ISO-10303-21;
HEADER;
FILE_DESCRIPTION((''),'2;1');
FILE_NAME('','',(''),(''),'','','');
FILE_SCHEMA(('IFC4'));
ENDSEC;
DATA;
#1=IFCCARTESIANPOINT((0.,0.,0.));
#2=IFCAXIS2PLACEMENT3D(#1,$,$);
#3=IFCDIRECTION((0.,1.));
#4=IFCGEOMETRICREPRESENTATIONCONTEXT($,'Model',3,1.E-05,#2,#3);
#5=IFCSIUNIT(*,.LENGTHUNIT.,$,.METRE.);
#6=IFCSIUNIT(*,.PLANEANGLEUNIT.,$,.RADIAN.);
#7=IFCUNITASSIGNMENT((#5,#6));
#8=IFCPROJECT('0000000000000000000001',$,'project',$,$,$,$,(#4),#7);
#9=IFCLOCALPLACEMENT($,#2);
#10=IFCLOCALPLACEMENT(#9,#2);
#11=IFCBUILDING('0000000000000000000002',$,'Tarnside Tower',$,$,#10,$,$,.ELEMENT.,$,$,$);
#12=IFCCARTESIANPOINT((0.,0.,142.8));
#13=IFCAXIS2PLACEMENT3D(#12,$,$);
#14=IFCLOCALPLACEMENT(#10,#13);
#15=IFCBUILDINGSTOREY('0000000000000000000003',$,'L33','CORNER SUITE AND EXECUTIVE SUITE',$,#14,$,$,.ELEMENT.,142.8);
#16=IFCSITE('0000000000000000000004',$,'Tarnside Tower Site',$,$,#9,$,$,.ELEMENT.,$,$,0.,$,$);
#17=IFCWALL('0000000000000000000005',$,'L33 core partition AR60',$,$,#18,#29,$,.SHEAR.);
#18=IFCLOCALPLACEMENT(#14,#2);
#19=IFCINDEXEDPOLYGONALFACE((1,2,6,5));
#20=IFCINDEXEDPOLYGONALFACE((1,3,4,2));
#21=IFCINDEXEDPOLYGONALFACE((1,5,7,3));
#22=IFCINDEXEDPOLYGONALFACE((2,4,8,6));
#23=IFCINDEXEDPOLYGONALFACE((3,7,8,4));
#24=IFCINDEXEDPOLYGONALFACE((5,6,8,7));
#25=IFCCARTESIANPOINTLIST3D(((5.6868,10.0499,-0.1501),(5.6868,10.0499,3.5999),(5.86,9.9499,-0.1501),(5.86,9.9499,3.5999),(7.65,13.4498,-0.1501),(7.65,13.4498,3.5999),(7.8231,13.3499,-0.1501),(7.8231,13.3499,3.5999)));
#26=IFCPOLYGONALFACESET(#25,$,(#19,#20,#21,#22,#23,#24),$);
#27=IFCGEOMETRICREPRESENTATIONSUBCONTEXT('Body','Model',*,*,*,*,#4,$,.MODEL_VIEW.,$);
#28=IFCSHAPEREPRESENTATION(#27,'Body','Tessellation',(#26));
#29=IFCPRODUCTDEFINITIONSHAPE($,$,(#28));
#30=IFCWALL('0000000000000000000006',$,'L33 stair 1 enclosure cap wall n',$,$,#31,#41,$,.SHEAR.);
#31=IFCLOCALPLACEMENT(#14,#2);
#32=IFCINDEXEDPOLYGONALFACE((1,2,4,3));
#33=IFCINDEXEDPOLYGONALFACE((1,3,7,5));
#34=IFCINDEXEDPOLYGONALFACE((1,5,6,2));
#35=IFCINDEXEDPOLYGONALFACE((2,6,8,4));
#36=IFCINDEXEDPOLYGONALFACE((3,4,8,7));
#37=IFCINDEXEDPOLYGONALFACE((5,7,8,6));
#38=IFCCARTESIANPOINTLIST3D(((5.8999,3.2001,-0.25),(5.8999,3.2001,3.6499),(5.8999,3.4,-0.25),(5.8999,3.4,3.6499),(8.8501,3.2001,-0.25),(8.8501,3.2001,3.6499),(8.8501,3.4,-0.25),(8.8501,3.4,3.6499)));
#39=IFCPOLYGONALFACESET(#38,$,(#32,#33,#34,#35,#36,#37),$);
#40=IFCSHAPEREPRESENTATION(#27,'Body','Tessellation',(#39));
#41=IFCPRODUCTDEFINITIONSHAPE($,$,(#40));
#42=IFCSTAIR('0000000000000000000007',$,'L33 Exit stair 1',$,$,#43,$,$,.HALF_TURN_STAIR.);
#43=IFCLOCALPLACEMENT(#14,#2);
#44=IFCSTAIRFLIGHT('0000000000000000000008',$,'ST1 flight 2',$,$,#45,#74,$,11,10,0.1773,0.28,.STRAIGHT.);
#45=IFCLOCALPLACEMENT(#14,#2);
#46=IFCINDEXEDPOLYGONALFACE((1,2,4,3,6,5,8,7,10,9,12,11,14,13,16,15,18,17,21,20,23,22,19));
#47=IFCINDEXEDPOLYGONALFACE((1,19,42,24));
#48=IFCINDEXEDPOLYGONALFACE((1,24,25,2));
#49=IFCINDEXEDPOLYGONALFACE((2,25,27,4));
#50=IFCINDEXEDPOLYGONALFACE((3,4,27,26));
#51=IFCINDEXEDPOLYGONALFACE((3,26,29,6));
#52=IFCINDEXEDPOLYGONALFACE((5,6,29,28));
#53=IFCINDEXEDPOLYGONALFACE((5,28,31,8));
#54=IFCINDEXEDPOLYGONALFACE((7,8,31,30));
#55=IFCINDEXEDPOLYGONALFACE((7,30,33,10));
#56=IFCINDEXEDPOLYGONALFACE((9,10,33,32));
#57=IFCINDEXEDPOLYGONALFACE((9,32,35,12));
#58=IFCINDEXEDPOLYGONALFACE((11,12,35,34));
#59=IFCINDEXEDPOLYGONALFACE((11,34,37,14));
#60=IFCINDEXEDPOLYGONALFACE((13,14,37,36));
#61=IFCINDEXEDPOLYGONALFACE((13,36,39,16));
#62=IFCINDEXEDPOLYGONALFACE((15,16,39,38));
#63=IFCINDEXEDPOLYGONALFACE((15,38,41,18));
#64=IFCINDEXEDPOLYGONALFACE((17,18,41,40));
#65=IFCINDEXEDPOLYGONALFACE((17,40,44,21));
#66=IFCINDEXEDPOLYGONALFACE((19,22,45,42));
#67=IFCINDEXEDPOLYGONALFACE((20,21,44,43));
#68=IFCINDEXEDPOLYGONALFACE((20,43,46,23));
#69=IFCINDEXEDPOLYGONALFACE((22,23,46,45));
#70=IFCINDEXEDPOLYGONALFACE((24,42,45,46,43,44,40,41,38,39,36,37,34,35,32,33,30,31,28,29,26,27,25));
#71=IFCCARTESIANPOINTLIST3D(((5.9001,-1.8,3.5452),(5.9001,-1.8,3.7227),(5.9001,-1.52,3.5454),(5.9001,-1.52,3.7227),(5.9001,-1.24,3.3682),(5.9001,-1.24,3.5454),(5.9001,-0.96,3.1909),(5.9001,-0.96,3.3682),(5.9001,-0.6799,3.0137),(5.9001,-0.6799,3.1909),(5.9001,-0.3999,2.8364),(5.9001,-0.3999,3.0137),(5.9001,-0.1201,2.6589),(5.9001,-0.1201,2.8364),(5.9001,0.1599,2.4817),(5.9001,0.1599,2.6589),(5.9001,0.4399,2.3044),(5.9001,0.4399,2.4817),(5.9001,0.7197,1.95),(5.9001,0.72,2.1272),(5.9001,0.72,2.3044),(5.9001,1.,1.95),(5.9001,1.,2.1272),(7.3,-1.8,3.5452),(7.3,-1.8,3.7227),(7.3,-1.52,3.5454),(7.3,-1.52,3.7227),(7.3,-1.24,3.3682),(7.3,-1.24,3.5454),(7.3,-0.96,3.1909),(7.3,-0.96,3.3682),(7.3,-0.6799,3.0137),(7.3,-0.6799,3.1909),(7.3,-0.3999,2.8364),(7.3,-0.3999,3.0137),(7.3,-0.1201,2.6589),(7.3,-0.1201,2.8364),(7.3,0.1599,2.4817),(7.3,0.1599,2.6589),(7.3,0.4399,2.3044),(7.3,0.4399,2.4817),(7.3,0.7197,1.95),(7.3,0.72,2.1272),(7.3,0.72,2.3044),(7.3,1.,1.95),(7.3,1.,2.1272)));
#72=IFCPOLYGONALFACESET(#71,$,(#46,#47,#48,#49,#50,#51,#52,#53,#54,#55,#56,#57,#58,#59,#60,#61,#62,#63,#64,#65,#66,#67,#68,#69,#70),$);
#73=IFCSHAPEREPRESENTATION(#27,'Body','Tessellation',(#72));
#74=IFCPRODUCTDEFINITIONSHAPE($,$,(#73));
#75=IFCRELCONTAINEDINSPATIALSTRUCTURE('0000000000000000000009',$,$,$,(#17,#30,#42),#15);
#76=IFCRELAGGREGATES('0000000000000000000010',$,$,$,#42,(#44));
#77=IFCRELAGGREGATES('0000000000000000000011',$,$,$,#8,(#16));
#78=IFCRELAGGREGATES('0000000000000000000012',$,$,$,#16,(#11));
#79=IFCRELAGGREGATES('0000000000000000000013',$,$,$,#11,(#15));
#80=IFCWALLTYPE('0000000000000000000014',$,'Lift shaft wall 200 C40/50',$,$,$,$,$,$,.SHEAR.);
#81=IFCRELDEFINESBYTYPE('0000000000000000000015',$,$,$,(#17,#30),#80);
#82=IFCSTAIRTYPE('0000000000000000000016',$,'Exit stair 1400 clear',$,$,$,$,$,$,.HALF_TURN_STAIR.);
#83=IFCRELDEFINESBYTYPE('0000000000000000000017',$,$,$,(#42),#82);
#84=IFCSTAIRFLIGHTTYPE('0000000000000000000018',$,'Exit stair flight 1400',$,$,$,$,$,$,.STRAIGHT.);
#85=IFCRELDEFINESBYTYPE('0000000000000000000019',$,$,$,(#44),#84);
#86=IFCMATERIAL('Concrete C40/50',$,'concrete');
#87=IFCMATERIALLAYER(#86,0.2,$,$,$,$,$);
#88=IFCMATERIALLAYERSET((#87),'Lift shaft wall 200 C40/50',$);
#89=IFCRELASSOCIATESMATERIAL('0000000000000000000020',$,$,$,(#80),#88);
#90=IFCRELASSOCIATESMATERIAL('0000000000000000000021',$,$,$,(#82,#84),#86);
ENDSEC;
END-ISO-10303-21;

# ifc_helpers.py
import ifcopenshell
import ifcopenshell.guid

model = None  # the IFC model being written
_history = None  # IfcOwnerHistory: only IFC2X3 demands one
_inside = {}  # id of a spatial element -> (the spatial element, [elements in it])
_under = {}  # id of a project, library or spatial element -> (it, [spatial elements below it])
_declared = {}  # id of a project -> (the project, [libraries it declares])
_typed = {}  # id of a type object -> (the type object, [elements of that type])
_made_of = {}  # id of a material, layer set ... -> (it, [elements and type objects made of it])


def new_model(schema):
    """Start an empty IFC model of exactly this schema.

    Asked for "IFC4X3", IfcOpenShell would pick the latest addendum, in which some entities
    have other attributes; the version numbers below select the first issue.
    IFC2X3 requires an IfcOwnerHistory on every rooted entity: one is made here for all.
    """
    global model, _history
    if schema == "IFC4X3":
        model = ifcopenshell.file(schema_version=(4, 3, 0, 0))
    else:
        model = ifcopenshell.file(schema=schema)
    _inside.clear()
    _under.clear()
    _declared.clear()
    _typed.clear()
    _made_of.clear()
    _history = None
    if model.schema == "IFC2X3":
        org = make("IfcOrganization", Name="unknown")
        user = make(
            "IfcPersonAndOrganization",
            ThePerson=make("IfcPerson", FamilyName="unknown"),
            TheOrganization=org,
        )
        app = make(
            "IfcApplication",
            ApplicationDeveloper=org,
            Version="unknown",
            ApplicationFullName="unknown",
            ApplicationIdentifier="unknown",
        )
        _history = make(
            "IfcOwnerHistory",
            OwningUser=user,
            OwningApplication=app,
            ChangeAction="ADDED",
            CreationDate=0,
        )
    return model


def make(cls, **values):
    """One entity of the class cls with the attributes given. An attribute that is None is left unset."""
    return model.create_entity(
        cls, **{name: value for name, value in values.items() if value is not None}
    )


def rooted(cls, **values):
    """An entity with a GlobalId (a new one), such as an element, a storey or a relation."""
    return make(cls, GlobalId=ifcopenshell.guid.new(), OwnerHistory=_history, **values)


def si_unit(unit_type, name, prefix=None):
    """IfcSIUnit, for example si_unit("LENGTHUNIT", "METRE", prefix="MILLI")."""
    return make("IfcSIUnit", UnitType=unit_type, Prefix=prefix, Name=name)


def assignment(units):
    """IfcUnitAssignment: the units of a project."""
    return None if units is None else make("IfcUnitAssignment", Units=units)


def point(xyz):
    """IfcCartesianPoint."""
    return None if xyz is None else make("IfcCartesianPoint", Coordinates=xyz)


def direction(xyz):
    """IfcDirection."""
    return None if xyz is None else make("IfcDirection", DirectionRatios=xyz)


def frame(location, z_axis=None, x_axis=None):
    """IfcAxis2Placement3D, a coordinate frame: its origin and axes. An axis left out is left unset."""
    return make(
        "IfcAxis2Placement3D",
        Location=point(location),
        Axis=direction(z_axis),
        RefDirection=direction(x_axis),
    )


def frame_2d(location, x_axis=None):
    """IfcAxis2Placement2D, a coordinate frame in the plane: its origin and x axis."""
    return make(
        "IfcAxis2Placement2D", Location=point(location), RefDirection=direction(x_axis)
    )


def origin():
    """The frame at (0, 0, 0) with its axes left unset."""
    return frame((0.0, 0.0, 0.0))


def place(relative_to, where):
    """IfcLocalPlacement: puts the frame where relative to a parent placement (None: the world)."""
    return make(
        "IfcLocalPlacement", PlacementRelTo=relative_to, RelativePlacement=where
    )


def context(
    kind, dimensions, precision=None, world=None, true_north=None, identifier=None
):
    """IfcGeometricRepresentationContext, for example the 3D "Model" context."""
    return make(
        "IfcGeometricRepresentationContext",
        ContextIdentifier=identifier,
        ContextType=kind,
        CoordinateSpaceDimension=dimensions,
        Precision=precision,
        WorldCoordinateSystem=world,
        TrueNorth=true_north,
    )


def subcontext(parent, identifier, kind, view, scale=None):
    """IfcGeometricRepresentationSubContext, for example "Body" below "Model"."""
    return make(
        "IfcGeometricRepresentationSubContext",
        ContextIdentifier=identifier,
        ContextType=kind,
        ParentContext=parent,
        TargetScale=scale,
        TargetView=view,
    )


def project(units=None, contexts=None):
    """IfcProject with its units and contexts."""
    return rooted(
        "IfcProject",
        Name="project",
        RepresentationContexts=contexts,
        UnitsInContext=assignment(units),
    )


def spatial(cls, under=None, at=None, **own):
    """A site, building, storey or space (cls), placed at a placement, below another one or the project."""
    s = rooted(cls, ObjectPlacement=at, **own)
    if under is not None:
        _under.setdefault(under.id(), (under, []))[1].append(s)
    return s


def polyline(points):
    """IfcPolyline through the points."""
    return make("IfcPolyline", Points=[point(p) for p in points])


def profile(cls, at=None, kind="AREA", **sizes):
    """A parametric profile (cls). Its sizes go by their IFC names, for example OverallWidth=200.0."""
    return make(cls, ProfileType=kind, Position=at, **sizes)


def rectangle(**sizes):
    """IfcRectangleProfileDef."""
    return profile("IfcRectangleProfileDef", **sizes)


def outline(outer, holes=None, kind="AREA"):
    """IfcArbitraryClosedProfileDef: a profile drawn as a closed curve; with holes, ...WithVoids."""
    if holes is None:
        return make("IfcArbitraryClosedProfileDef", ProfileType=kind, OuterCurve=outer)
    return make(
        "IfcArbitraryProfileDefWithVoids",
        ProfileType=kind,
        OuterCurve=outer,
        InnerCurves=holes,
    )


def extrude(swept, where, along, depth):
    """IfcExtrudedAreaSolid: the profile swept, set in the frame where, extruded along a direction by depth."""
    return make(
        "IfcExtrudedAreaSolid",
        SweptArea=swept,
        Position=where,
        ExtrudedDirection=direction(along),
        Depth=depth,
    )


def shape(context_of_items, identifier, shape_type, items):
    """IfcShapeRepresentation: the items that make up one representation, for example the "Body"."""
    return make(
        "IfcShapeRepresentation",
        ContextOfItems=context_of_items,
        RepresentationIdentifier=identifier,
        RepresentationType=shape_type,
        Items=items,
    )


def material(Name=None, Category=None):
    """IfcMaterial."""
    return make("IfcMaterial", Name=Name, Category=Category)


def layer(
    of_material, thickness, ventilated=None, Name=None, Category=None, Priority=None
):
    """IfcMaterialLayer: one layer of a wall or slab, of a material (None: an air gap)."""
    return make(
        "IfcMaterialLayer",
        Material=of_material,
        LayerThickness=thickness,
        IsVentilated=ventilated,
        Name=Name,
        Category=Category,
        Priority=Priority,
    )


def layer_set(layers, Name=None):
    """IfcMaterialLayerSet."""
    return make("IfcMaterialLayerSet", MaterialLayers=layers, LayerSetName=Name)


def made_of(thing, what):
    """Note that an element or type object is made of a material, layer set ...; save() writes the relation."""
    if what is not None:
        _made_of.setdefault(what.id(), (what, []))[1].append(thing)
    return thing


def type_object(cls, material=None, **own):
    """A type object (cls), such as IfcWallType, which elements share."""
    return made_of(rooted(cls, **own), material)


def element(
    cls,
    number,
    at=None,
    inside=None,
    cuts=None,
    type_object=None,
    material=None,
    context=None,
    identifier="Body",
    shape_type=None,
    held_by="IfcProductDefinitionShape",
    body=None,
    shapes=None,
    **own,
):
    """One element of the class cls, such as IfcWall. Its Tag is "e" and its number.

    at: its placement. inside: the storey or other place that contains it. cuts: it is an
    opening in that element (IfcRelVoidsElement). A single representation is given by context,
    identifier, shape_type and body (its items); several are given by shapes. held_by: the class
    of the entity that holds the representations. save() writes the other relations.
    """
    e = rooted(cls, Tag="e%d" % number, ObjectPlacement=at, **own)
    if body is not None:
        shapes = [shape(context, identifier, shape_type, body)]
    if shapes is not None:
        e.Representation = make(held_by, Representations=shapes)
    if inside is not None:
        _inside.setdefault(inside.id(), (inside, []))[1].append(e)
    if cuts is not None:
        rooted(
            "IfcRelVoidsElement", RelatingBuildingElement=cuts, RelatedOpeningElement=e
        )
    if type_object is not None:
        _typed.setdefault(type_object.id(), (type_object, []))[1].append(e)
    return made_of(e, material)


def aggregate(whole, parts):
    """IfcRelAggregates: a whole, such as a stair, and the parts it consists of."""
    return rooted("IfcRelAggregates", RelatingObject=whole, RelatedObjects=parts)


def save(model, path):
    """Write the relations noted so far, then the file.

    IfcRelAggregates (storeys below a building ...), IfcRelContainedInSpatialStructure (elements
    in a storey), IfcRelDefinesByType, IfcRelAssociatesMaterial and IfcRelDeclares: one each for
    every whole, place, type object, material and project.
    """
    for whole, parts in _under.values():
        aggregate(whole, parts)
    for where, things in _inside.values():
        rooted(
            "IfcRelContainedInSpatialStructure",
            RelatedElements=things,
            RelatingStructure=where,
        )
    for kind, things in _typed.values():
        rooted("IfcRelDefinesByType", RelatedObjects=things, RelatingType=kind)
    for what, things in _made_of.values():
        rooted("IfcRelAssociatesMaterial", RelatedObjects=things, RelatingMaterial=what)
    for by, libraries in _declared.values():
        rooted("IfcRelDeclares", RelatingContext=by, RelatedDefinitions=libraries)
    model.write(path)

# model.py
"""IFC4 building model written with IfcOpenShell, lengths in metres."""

from ifc_helpers import new_model, si_unit, direction, frame, frame_2d, origin, place, context, subcontext, project, spatial, polyline, rectangle, outline, extrude, material, layer, layer_set, type_object, element, aggregate, save


model = new_model("IFC4")

# Units and contexts
model_context = context("Model", 3, precision=1e-05, world=origin(), true_north=direction((0.0, 1.0)))
body_context = subcontext(model_context, "Body", "Model", "MODEL_VIEW")
ifc_project = project(units=[si_unit("LENGTHUNIT", "METRE"), si_unit("PLANEANGLEUNIT", "RADIAN")], contexts=[model_context])

# Site, building, storey
site_placement = place(None, origin())
site = spatial("IfcSite", under=ifc_project, at=site_placement, Name="Tarnside Tower Site", CompositionType="ELEMENT", RefElevation=0.0)
building_placement = place(site_placement, origin())
building = spatial("IfcBuilding", under=site, at=building_placement, Name="Tarnside Tower", CompositionType="ELEMENT")
storey_placement = place(building_placement, frame((0.0, 0.0, 142.8)))
storey = spatial("IfcBuildingStorey", under=building, at=storey_placement, Name="L33", Description="CORNER SUITE AND EXECUTIVE SUITE", CompositionType="ELEMENT", Elevation=142.8)

# Shared definitions
ifc_material_1 = material(Name="Concrete C40/50", Category="concrete")

# Walls
ifc_layer_1 = layer(ifc_material_1, 0.2)
ifc_layer_set_1 = layer_set([ifc_layer_1], Name="Lift shaft wall 200 C40/50")
wall_type_1 = type_object("IfcWallType", Name="Lift shaft wall 200 C40/50", PredefinedType="SHEAR", material=ifc_layer_set_1)
wall_1_placement = place(storey_placement, frame((5.7734, 10.0, -0.1501), z_axis=(0.0, 0.0, 1.0), x_axis=(0.500038, 0.866003, 0.0)))
element("IfcWall", 1, at=wall_1_placement, inside=storey, type_object=wall_type_1, Name="L33 core partition AR60", PredefinedType="SHEAR", context=body_context, shape_type="SweptSolid", body=[
    extrude(rectangle(XDim=3.926, YDim=0.2, at=frame_2d((1.9629, 0.0))), origin(), (0.0, 0.0, 1.0), 3.75),
])
wall_2_placement = place(storey_placement, frame((5.8999, 3.3, -0.25), z_axis=(0.0, 0.0, 1.0), x_axis=(1.0, 0.0, 0.0)))
element("IfcWall", 2, at=wall_2_placement, inside=storey, type_object=wall_type_1, Name="L33 stair 1 enclosure cap wall n", PredefinedType="SHEAR", context=body_context, shape_type="SweptSolid", body=[
    extrude(rectangle(XDim=2.9502, YDim=0.2, at=frame_2d((1.4751, 0.0))), origin(), (0.0, 0.0, 1.0), 3.8999),
])

# Stair, stair flight
stair_type = type_object("IfcStairType", Name="Exit stair 1400 clear", PredefinedType="HALF_TURN_STAIR", material=ifc_material_1)
stair_placement = place(storey_placement, origin())
stair = element("IfcStair", 3, at=stair_placement, inside=storey, type_object=stair_type, Name="L33 Exit stair 1", PredefinedType="HALF_TURN_STAIR")
stair_flight_type = type_object("IfcStairFlightType", Name="Exit stair flight 1400", PredefinedType="STRAIGHT", material=ifc_material_1)
stair_flight_placement = place(storey_placement, frame((6.6001, 1.0, 1.95), z_axis=(0.0, 0.0, 1.0), x_axis=(0.0, -1.0, 0.0)))
stair_flight = element("IfcStairFlight", 4, at=stair_flight_placement, type_object=stair_flight_type, Name="ST1 flight 2", NumberOfRisers=11, NumberOfTreads=10, PredefinedType="STRAIGHT", RiserHeight=0.1773, TreadLength=0.28, context=body_context, shape_type="SweptSolid", body=[
    extrude(outline(polyline([(0.0, 0.0), (0.0, 0.1772), (0.28, 0.1772), (0.28, 0.3545), (0.5601, 0.3545), (0.5601, 0.5317), (0.8401, 0.5317), (0.8401, 0.709), (1.1201, 0.709), (1.1201, 0.8865), (1.3999, 0.8865), (1.3999, 1.0637), (1.6799, 1.0637), (1.6799, 1.241), (1.96, 1.241), (1.96, 1.4182), (2.24, 1.4182), (2.24, 1.5955), (2.52, 1.5955), (2.52, 1.7727), (2.8, 1.7727), (2.8, 1.95), (2.8, 1.5952), (0.2803, 0.0), (0.0, 0.0)])), frame((0.0, 0.7, 0.0), z_axis=(0.0, -1.0, 0.0), x_axis=(1.0, 0.0, 0.0)), (0.0, 0.0, 1.0), 1.3999),
])
aggregate(stair, [stair_flight])

save(model, "model.ifc")
